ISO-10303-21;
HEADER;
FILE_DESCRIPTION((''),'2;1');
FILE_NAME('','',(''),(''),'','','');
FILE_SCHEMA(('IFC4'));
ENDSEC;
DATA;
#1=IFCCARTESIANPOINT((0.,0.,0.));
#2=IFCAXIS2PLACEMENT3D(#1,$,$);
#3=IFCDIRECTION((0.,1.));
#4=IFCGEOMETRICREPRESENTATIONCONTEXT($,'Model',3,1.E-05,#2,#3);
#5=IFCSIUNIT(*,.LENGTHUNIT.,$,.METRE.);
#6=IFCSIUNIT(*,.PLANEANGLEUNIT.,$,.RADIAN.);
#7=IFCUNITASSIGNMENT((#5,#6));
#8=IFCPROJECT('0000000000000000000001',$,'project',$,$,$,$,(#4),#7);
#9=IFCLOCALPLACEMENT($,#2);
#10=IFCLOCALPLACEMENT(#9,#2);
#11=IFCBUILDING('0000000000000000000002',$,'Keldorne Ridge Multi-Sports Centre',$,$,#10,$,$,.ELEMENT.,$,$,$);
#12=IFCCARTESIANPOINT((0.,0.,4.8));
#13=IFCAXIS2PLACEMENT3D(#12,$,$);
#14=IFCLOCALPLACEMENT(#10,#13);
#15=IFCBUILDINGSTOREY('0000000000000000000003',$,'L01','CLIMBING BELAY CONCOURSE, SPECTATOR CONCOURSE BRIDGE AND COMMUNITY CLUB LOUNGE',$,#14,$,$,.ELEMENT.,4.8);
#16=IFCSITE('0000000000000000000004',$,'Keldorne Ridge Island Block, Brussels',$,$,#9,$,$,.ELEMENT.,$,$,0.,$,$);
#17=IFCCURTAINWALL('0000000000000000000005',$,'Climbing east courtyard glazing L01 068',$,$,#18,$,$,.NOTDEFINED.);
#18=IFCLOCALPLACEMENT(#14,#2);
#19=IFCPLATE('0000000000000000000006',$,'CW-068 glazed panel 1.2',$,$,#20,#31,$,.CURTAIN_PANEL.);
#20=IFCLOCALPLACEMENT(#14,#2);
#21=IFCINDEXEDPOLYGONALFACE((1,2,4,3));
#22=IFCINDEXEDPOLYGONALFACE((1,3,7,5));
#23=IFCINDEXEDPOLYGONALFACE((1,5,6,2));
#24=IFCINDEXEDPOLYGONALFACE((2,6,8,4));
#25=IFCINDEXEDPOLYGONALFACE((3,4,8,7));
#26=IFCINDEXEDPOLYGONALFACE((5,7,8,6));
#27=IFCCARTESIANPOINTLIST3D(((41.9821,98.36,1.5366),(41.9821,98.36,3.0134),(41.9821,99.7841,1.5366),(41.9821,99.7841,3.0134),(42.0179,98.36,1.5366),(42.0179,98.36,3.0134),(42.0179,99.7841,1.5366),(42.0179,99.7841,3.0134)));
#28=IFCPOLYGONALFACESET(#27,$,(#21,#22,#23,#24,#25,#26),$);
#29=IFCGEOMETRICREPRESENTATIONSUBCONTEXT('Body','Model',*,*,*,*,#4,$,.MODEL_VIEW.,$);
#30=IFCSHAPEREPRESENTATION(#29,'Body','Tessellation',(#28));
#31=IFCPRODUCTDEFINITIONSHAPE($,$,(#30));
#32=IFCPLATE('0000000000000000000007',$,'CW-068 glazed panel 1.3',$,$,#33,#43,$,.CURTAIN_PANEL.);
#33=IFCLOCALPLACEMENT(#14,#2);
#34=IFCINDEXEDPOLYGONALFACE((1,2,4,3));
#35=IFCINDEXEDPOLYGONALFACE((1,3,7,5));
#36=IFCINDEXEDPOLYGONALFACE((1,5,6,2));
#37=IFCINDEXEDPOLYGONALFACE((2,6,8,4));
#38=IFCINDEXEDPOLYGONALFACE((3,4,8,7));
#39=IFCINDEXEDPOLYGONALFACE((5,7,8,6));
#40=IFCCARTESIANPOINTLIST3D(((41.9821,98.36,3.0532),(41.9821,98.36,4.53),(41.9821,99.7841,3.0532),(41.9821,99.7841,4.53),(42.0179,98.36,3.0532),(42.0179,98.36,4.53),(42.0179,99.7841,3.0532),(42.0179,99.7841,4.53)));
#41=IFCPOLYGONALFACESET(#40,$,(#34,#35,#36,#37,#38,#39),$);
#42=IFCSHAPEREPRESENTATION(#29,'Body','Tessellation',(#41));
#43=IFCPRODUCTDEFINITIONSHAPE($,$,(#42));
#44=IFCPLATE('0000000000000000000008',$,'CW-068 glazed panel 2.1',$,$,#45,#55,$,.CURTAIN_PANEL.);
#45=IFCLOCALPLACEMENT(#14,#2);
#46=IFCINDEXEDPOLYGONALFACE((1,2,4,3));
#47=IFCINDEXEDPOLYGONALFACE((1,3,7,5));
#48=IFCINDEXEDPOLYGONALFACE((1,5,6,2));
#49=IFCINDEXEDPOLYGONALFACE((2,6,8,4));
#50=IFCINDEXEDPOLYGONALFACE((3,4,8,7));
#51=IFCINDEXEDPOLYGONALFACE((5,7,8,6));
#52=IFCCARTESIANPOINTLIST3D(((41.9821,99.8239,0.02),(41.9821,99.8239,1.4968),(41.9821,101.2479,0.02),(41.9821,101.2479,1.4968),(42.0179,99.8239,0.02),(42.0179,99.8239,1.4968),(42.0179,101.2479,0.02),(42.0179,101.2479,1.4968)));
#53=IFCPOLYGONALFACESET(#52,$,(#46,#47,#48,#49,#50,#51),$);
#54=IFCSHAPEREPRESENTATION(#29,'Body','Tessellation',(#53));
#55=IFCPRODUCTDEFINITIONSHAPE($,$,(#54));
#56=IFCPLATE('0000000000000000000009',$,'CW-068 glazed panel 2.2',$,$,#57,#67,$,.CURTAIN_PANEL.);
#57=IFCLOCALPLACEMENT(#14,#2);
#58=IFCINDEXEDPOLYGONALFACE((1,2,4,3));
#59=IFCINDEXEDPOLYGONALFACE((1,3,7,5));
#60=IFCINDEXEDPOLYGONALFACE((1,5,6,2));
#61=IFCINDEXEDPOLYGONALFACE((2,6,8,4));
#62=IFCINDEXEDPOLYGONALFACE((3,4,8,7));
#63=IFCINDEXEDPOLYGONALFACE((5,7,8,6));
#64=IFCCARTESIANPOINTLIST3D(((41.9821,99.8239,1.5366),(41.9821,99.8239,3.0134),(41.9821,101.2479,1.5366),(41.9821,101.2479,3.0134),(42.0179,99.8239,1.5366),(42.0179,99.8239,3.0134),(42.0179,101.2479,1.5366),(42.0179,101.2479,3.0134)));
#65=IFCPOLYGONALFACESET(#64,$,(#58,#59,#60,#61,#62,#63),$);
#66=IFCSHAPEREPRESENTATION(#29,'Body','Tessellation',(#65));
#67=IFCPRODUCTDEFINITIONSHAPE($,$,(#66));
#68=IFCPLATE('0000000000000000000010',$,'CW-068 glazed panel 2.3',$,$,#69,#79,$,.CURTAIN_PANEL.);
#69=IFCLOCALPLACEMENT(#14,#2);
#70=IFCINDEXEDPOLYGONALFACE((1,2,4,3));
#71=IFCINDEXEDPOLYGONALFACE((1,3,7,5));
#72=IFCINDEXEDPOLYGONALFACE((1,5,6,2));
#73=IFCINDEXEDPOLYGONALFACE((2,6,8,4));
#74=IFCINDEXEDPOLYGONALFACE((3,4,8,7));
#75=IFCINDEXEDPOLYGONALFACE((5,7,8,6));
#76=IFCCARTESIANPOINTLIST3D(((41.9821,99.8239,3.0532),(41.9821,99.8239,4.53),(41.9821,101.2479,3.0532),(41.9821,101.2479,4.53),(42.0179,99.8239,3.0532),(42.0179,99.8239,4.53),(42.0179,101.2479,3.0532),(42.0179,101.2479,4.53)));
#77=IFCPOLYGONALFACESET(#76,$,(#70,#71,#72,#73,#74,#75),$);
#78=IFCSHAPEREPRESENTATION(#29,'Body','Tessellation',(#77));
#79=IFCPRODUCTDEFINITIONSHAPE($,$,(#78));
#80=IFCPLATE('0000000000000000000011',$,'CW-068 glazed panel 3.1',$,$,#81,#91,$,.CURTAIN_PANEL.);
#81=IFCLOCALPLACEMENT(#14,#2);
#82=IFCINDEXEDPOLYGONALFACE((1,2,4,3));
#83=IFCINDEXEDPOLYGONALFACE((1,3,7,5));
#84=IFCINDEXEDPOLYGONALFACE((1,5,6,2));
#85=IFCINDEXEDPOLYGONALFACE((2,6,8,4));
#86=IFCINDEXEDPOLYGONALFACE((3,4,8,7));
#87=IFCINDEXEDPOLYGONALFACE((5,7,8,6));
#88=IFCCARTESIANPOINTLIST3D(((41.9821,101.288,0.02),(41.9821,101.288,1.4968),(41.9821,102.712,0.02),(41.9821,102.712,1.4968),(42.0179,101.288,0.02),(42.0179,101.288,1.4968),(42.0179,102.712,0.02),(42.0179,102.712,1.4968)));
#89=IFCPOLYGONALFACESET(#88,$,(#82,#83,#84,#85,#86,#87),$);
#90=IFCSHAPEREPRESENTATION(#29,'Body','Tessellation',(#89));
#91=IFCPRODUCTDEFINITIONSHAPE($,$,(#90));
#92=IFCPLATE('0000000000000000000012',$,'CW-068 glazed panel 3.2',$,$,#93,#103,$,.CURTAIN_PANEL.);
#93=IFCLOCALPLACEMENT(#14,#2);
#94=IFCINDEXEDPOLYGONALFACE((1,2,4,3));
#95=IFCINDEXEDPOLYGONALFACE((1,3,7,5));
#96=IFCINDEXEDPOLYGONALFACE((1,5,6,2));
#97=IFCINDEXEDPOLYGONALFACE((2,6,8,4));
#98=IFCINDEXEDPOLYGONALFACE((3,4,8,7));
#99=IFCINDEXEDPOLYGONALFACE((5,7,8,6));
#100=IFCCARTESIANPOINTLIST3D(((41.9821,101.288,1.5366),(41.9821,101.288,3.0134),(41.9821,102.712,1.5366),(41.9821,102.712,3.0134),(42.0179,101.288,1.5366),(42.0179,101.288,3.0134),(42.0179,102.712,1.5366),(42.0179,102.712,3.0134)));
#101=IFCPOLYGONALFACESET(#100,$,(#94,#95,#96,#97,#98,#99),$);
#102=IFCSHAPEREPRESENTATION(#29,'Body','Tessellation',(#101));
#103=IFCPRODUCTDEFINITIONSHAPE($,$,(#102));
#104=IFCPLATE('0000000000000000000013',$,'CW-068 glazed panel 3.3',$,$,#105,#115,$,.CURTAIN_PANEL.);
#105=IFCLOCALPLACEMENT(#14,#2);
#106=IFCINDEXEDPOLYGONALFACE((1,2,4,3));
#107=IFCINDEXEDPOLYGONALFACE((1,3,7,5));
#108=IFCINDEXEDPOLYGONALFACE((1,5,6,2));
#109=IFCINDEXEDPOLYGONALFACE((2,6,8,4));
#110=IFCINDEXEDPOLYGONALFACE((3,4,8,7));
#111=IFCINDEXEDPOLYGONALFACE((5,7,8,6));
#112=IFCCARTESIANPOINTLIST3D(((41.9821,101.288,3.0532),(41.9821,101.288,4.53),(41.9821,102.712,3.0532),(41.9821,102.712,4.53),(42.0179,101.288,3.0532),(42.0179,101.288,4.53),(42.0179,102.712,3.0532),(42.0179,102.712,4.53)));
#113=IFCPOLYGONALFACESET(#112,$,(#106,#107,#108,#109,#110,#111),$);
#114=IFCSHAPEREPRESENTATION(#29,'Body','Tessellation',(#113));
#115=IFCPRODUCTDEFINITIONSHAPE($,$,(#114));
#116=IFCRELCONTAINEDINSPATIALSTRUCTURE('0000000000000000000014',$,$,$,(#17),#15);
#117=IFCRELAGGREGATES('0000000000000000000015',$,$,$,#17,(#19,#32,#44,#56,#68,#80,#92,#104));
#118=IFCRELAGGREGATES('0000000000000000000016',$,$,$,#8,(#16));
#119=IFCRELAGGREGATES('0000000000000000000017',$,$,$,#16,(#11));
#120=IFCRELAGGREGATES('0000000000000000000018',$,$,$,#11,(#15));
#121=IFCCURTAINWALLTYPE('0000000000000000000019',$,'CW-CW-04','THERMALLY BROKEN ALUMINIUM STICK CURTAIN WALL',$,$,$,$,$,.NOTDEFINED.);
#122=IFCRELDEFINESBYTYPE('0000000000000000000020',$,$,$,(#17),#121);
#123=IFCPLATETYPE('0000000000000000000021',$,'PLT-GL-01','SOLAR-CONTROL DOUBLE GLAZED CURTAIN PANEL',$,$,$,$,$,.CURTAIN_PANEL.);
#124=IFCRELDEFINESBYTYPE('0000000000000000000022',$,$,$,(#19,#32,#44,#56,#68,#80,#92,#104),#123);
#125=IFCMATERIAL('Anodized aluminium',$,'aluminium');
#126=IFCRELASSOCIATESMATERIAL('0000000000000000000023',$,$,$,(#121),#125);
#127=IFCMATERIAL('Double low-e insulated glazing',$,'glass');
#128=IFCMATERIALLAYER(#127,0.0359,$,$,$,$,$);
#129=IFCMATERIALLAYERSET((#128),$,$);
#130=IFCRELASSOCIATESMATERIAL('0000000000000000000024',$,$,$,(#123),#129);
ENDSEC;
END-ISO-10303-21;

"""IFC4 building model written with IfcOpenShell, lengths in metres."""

from ifc_helpers import new_model, si_unit, direction, frame, origin, origin_2d, place, context, subcontext, project, spatial, rectangle, extrude, material, layer, layer_set, type_object, element, aggregate, save


model = new_model("IFC4")

# Units and contexts
model_context = context("Model", 3, precision=1e-05, world=origin(), true_north=direction((0.0, 1.0)))
body_context = subcontext(model_context, "Body", "Model", "MODEL_VIEW")
ifc_project = project(units=[si_unit("LENGTHUNIT", "METRE"), si_unit("PLANEANGLEUNIT", "RADIAN")], contexts=[model_context])

# Site, building, storey
site_placement = place(None, origin())
site = spatial("IfcSite", under=ifc_project, at=site_placement, Name="Keldorne Ridge Island Block, Brussels", CompositionType="ELEMENT", RefElevation=0.0)
building_placement = place(site_placement, origin())
building = spatial("IfcBuilding", under=site, at=building_placement, Name="Keldorne Ridge Multi-Sports Centre", CompositionType="ELEMENT")
storey_placement = place(building_placement, frame((0.0, 0.0, 4.8)))
storey = spatial("IfcBuildingStorey", under=building, at=storey_placement, Name="L01", Description="CLIMBING BELAY CONCOURSE, SPECTATOR CONCOURSE BRIDGE AND COMMUNITY CLUB LOUNGE", CompositionType="ELEMENT", Elevation=4.8)

# Shared definitions
ifc_material_1 = material(Name="Anodized aluminium", Category="aluminium")

# Curtain wall
curtain_wall_type_1 = type_object("IfcCurtainWallType", Name="CW-CW-04", Description="THERMALLY BROKEN ALUMINIUM STICK CURTAIN WALL", PredefinedType="NOTDEFINED", material=ifc_material_1)
curtain_wall_1_placement = place(storey_placement, origin())
curtain_wall_1 = element("IfcCurtainWall", 1, at=curtain_wall_1_placement, inside=storey, type_object=curtain_wall_type_1, Name="Climbing east courtyard glazing L01 068", PredefinedType="NOTDEFINED")

# Plates
ifc_material_2 = material(Name="Double low-e insulated glazing", Category="glass")
ifc_layer = layer(ifc_material_2, 0.0359)
ifc_layer_set = layer_set([ifc_layer])
plate_type = type_object("IfcPlateType", Name="PLT-GL-01", Description="SOLAR-CONTROL DOUBLE GLAZED CURTAIN PANEL", PredefinedType="CURTAIN_PANEL", material=ifc_layer_set)
plate_1_placement = place(storey_placement, frame((42.0, 99.072, 1.5366), z_axis=(0.0, 0.0, 1.0), x_axis=(0.0, 1.0, 0.0)))
plate_1 = element("IfcPlate", 2, at=plate_1_placement, type_object=plate_type, Name="CW-068 glazed panel 1.2", PredefinedType="CURTAIN_PANEL", context=body_context, shape_type="SweptSolid", body=[
    extrude(rectangle(XDim=1.4241, YDim=0.0359, at=origin_2d()), origin(), (0.0, 0.0, 1.0), 1.4768),
])
plate_2_placement = place(storey_placement, frame((42.0, 99.072, 3.0532), z_axis=(0.0, 0.0, 1.0), x_axis=(0.0, 1.0, 0.0)))
plate_2 = element("IfcPlate", 3, at=plate_2_placement, type_object=plate_type, Name="CW-068 glazed panel 1.3", PredefinedType="CURTAIN_PANEL", context=body_context, shape_type="SweptSolid", body=[
    extrude(rectangle(XDim=1.4241, YDim=0.0359, at=origin_2d()), origin(), (0.0, 0.0, 1.0), 1.4768),
])
plate_3_placement = place(storey_placement, frame((42.0, 100.5359, 0.02), z_axis=(0.0, 0.0, 1.0), x_axis=(0.0, 1.0, 0.0)))
plate_3 = element("IfcPlate", 4, at=plate_3_placement, type_object=plate_type, Name="CW-068 glazed panel 2.1", PredefinedType="CURTAIN_PANEL", context=body_context, shape_type="SweptSolid", body=[
    extrude(rectangle(XDim=1.4241, YDim=0.0359, at=origin_2d()), origin(), (0.0, 0.0, 1.0), 1.4768),
])
plate_4_placement = place(storey_placement, frame((42.0, 100.5359, 1.5366), z_axis=(0.0, 0.0, 1.0), x_axis=(0.0, 1.0, 0.0)))
plate_4 = element("IfcPlate", 5, at=plate_4_placement, type_object=plate_type, Name="CW-068 glazed panel 2.2", PredefinedType="CURTAIN_PANEL", context=body_context, shape_type="SweptSolid", body=[
    extrude(rectangle(XDim=1.4241, YDim=0.0359, at=origin_2d()), origin(), (0.0, 0.0, 1.0), 1.4768),
])
plate_5_placement = place(storey_placement, frame((42.0, 100.5359, 3.0532), z_axis=(0.0, 0.0, 1.0), x_axis=(0.0, 1.0, 0.0)))
plate_5 = element("IfcPlate", 6, at=plate_5_placement, type_object=plate_type, Name="CW-068 glazed panel 2.3", PredefinedType="CURTAIN_PANEL", context=body_context, shape_type="SweptSolid", body=[
    extrude(rectangle(XDim=1.4241, YDim=0.0359, at=origin_2d()), origin(), (0.0, 0.0, 1.0), 1.4768),
])
plate_6_placement = place(storey_placement, frame((42.0, 102.0, 0.02), z_axis=(0.0, 0.0, 1.0), x_axis=(0.0, 1.0, 0.0)))
plate_6 = element("IfcPlate", 7, at=plate_6_placement, type_object=plate_type, Name="CW-068 glazed panel 3.1", PredefinedType="CURTAIN_PANEL", context=body_context, shape_type="SweptSolid", body=[
    extrude(rectangle(XDim=1.4241, YDim=0.0359, at=origin_2d()), origin(), (0.0, 0.0, 1.0), 1.4768),
])
plate_7_placement = place(storey_placement, frame((42.0, 102.0, 1.5366), z_axis=(0.0, 0.0, 1.0), x_axis=(0.0, 1.0, 0.0)))
plate_7 = element("IfcPlate", 8, at=plate_7_placement, type_object=plate_type, Name="CW-068 glazed panel 3.2", PredefinedType="CURTAIN_PANEL", context=body_context, shape_type="SweptSolid", body=[
    extrude(rectangle(XDim=1.4241, YDim=0.0359, at=origin_2d()), origin(), (0.0, 0.0, 1.0), 1.4768),
])
plate_8_placement = place(storey_placement, frame((42.0, 102.0, 3.0532), z_axis=(0.0, 0.0, 1.0), x_axis=(0.0, 1.0, 0.0)))
plate_8 = element("IfcPlate", 9, at=plate_8_placement, type_object=plate_type, Name="CW-068 glazed panel 3.3", PredefinedType="CURTAIN_PANEL", context=body_context, shape_type="SweptSolid", body=[
    extrude(rectangle(XDim=1.4241, YDim=0.0359, at=origin_2d()), origin(), (0.0, 0.0, 1.0), 1.4768),
])
aggregate(curtain_wall_1, [plate_1, plate_2, plate_3, plate_4, plate_5, plate_6, plate_7, plate_8])

save(model, "model.ifc")
